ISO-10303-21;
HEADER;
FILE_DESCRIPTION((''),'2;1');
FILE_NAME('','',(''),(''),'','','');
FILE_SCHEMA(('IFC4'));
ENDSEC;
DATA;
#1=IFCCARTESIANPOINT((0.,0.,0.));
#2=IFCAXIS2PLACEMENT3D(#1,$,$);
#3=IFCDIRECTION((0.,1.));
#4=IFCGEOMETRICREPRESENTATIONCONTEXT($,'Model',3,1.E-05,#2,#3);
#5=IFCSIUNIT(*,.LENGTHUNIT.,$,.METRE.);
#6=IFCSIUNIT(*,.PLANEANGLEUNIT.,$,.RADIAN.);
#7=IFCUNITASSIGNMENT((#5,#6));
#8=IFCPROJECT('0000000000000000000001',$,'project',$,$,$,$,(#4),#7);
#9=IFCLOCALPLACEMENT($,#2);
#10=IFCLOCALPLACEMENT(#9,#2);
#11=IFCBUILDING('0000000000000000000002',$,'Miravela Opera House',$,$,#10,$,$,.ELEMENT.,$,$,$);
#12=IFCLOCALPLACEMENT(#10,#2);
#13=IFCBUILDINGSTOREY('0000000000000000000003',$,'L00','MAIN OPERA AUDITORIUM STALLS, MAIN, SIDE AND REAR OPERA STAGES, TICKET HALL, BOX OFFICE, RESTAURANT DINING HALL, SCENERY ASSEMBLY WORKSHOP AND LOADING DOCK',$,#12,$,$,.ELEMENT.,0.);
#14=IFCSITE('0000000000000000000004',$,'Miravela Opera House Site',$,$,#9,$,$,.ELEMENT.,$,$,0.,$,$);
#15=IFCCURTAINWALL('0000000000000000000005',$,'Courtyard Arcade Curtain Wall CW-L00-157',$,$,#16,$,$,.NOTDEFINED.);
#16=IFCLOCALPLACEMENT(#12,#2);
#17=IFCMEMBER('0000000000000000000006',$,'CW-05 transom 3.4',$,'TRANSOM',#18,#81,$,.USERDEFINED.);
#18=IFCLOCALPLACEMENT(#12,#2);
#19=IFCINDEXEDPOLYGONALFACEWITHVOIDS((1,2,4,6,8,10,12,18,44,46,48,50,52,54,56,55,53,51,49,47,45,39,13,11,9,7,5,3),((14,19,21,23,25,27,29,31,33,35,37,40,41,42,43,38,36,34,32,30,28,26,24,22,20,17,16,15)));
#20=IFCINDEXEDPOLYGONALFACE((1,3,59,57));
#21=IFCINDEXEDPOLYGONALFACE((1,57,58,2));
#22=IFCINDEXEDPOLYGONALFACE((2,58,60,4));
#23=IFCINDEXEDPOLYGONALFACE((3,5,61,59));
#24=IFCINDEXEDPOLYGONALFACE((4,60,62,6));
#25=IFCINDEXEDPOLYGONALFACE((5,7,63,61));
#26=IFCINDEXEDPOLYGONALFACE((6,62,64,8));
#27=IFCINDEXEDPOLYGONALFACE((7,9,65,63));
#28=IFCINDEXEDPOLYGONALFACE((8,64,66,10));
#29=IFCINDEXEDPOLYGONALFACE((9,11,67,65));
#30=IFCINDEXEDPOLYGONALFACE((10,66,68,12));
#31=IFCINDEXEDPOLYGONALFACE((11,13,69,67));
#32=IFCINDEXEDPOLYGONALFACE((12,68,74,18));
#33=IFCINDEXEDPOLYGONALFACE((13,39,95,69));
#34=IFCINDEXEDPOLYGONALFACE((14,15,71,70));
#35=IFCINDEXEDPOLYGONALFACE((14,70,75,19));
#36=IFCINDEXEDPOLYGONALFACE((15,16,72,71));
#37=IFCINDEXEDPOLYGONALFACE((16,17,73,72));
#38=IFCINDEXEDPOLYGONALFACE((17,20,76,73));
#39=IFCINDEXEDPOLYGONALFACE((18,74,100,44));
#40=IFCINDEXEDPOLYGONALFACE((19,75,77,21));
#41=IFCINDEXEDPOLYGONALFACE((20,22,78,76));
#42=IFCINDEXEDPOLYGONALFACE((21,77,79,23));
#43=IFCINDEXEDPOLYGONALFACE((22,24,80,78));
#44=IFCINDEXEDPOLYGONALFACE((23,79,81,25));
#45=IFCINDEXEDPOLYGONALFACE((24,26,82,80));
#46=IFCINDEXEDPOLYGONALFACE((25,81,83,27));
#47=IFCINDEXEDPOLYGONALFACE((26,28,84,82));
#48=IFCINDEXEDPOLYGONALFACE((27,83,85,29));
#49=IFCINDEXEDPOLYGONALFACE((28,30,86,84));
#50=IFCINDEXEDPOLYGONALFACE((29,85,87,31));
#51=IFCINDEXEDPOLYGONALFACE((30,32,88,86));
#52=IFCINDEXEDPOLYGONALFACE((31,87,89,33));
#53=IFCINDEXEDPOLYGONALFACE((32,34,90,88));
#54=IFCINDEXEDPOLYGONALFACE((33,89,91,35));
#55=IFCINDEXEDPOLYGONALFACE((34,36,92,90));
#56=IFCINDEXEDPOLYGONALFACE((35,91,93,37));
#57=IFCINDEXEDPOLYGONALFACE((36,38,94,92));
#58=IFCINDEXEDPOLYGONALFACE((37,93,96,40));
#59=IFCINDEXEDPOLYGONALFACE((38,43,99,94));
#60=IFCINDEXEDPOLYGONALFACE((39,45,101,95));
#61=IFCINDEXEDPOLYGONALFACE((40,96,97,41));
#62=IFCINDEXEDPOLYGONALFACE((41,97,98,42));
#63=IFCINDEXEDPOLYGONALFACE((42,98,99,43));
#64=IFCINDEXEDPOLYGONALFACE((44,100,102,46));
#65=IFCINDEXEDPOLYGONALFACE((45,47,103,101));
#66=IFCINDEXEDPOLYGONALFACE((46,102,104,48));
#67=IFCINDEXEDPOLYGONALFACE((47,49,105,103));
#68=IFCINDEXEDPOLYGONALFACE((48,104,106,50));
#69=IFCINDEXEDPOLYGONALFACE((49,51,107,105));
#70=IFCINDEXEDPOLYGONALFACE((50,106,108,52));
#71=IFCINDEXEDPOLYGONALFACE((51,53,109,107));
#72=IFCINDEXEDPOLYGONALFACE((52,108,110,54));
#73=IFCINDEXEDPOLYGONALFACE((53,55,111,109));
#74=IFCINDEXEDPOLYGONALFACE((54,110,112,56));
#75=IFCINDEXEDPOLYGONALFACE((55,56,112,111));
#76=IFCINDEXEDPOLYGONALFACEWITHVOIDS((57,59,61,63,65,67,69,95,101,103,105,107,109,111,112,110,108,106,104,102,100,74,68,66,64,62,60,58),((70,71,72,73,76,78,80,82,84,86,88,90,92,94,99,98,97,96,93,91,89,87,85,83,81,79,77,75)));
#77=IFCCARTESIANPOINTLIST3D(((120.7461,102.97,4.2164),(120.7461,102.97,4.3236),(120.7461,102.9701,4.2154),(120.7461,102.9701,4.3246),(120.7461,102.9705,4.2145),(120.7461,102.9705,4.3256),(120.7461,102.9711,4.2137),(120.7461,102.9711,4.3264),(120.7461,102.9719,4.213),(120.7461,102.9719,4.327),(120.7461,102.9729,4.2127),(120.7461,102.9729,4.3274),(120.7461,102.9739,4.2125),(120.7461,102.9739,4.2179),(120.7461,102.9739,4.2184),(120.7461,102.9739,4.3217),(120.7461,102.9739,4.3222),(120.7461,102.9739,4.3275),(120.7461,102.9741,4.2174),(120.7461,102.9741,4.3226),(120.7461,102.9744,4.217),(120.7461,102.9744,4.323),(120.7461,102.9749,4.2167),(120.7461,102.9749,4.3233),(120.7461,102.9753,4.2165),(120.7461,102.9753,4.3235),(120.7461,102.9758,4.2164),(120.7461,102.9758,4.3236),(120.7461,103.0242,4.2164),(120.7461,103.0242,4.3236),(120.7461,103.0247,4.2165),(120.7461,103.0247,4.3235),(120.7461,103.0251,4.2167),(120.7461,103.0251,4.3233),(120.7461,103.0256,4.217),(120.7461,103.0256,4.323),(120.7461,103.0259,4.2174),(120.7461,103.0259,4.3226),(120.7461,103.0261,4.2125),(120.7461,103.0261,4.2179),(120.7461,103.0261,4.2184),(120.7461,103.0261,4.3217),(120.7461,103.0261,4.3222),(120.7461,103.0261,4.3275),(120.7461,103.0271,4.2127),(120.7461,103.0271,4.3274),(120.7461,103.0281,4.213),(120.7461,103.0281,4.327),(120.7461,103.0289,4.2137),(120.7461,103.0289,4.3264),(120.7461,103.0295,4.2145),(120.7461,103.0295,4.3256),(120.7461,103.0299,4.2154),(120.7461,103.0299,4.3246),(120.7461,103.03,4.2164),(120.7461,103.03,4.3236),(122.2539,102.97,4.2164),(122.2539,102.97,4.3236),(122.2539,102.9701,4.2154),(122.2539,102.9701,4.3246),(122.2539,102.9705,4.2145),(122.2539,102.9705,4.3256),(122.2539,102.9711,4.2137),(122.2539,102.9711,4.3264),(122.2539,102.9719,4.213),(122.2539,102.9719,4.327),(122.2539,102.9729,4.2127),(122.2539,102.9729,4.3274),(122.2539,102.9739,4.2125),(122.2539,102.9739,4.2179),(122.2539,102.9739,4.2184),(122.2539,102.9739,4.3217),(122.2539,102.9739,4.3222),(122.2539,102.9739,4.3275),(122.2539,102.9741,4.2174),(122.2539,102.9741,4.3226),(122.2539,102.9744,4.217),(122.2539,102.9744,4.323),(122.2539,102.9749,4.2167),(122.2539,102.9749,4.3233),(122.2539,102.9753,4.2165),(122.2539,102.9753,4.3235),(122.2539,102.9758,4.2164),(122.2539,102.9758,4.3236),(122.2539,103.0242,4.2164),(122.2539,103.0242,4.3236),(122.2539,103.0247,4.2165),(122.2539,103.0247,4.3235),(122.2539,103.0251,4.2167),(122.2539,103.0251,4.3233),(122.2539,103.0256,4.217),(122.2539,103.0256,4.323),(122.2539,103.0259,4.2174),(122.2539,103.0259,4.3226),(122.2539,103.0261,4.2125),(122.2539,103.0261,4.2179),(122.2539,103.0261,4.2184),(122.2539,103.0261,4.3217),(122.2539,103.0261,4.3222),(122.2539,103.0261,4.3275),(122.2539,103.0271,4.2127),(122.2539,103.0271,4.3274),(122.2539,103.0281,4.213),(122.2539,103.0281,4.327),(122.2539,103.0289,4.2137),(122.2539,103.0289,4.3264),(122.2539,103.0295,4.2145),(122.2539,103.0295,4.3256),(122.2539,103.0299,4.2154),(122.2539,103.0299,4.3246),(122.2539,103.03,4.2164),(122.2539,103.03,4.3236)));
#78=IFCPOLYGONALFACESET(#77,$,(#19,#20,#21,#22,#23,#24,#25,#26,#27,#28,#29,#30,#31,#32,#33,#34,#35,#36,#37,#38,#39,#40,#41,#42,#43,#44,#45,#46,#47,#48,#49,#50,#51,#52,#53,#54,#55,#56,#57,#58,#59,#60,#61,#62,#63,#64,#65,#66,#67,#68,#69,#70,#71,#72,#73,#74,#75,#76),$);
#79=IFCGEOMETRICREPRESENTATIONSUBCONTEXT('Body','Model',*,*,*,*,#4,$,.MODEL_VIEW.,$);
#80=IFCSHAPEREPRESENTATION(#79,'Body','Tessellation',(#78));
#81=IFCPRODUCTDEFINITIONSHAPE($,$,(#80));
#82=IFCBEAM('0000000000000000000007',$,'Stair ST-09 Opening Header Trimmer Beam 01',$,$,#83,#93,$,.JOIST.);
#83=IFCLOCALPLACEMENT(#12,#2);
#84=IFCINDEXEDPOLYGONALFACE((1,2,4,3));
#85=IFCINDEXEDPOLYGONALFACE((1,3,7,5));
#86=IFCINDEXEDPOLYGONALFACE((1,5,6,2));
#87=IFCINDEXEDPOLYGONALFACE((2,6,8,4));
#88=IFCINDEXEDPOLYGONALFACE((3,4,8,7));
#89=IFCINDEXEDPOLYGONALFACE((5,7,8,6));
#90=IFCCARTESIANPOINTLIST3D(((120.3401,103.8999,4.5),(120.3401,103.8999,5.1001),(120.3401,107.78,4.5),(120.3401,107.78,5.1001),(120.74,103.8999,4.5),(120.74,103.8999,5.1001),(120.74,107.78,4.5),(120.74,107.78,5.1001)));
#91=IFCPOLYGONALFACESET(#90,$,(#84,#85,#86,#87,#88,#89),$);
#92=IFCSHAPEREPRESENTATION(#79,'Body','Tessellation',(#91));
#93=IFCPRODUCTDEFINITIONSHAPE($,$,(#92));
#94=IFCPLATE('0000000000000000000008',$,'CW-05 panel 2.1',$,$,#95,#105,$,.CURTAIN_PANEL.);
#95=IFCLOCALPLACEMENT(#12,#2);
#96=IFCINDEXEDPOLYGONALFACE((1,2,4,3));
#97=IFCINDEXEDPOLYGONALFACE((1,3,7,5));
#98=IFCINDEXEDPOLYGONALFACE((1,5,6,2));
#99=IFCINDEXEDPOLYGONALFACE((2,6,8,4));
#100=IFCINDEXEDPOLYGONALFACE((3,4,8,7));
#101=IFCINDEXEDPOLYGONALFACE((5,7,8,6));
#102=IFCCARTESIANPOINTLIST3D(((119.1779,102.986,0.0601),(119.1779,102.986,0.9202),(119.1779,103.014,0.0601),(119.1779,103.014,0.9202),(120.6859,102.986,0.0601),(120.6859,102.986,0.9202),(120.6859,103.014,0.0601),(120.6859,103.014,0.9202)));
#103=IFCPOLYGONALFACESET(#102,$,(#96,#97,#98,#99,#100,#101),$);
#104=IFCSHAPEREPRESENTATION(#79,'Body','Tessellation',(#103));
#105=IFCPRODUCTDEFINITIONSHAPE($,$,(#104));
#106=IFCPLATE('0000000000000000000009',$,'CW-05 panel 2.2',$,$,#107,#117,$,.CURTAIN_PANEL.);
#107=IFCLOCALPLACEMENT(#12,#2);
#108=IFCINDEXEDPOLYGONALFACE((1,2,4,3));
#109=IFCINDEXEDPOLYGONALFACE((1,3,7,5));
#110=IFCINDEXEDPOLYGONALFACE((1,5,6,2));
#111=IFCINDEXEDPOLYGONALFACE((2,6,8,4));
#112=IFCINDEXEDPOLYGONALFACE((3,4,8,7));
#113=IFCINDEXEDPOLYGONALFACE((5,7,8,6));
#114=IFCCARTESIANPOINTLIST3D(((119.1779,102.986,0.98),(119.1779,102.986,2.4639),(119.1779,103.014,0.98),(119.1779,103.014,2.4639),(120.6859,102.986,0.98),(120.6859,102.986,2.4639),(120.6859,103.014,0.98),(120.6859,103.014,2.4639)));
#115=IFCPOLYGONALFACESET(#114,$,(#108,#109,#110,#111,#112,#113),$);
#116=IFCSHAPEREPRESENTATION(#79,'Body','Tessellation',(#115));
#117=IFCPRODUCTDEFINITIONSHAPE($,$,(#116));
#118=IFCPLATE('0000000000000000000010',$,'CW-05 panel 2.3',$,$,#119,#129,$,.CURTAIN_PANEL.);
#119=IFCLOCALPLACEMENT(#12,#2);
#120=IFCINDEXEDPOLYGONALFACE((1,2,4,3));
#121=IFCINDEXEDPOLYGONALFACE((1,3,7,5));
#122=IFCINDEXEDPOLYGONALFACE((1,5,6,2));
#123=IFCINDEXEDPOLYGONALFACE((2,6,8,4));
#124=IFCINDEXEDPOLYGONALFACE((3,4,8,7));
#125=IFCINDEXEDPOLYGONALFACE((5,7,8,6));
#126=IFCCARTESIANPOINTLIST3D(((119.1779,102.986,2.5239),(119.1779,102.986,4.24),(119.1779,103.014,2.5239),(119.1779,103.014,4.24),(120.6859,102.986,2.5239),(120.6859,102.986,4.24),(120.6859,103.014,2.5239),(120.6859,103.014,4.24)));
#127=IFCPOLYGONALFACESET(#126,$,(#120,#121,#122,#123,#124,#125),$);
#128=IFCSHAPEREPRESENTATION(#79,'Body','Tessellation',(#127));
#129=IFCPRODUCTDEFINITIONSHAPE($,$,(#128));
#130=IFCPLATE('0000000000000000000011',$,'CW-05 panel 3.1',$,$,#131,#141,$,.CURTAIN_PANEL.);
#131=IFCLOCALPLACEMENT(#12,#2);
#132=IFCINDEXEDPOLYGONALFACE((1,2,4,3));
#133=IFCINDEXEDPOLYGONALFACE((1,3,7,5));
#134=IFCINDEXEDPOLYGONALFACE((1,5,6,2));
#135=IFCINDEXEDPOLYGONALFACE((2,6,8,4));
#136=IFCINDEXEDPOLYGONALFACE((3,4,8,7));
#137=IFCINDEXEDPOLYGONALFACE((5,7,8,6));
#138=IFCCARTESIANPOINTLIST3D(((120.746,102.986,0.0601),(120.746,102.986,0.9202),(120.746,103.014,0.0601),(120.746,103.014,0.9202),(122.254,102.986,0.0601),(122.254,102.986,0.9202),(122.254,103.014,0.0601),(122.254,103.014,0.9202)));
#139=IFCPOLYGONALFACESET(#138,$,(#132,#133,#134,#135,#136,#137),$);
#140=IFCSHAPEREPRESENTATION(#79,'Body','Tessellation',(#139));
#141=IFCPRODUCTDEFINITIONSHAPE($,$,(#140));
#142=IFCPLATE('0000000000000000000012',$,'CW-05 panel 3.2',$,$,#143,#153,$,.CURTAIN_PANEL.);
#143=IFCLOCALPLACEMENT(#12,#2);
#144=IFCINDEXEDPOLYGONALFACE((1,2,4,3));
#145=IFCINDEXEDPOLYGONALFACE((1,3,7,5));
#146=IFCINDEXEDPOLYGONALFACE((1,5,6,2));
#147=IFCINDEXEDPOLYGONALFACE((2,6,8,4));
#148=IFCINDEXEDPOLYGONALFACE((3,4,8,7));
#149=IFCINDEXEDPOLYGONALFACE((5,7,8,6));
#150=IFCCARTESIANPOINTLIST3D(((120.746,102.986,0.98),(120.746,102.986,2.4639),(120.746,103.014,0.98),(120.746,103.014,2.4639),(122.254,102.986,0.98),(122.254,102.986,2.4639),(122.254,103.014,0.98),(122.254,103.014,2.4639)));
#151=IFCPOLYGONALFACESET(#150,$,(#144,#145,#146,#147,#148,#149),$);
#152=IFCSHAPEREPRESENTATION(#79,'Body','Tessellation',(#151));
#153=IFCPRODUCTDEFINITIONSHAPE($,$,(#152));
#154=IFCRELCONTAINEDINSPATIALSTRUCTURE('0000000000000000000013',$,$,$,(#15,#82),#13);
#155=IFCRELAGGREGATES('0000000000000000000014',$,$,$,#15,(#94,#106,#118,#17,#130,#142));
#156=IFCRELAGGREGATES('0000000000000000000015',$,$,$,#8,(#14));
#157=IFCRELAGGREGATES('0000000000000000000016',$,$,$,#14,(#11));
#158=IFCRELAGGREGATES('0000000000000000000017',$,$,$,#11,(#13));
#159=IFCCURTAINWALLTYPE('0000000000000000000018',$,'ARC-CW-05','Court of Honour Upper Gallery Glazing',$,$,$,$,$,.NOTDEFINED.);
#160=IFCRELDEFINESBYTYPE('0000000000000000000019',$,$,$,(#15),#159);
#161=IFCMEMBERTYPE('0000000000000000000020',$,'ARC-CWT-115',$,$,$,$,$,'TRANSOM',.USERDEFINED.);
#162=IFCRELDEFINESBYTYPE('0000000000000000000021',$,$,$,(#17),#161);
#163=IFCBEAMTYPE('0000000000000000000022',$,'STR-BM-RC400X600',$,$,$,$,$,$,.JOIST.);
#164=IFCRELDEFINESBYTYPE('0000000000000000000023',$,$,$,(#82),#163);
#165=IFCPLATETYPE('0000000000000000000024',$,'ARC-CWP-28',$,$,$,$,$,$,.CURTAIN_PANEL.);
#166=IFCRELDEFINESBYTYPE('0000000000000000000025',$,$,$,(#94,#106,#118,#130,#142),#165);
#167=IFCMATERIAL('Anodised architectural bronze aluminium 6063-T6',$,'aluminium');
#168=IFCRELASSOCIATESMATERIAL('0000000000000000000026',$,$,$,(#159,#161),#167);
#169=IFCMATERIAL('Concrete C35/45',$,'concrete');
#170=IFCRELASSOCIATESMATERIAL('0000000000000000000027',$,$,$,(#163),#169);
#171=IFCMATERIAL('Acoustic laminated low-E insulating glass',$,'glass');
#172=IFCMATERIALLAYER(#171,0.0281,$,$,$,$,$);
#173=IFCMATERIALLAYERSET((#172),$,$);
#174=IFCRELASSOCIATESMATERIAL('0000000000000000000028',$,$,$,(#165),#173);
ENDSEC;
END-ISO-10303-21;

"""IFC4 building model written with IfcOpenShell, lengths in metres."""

from ifc_helpers import new_model, si_unit, direction, frame, origin, origin_2d, place, context, subcontext, project, spatial, rectangle, hollow_rectangle, extrude, material, layer, layer_set, material_profile, profile_set, type_object, element, aggregate, save


model = new_model("IFC4")

# Units and contexts
model_context = context("Model", 3, precision=1e-05, world=origin(), true_north=direction((0.0, 1.0)))
body_context = subcontext(model_context, "Body", "Model", "MODEL_VIEW")
ifc_project = project(units=[si_unit("LENGTHUNIT", "METRE"), si_unit("PLANEANGLEUNIT", "RADIAN")], contexts=[model_context])

# Site, building, storey
site_placement = place(None, origin())
site = spatial("IfcSite", under=ifc_project, at=site_placement, Name="Miravela Opera House Site", CompositionType="ELEMENT", RefElevation=0.0)
building_placement = place(site_placement, origin())
building = spatial("IfcBuilding", under=site, at=building_placement, Name="Miravela Opera House", CompositionType="ELEMENT")
storey_placement = place(building_placement, origin())
storey = spatial("IfcBuildingStorey", under=building, at=storey_placement, Name="L00", Description="MAIN OPERA AUDITORIUM STALLS, MAIN, SIDE AND REAR OPERA STAGES, TICKET HALL, BOX OFFICE, RESTAURANT DINING HALL, SCENERY ASSEMBLY WORKSHOP AND LOADING DOCK", CompositionType="ELEMENT", Elevation=0.0)

# Curtain wall, member
ifc_material_1 = material(Name="Anodised architectural bronze aluminium 6063-T6", Category="aluminium")
curtain_wall_type = type_object("IfcCurtainWallType", Name="ARC-CW-05", Description="Court of Honour Upper Gallery Glazing", PredefinedType="NOTDEFINED", material=ifc_material_1)
curtain_wall_placement = place(storey_placement, origin())
curtain_wall = element("IfcCurtainWall", 1, at=curtain_wall_placement, inside=storey, type_object=curtain_wall_type, Name="Courtyard Arcade Curtain Wall CW-L00-157", PredefinedType="NOTDEFINED")
ifc_material_profile_1 = material_profile(ifc_material_1, hollow_rectangle(XDim=0.0601, YDim=0.115, WallThickness=0.0039, InnerFilletRadius=0.002, OuterFilletRadius=0.0039, at=origin_2d()), Name="CWT-60X115")
ifc_profile_set_1 = profile_set([ifc_material_profile_1])
member_type_1 = type_object("IfcMemberType", Name="ARC-CWT-115", ElementType="TRANSOM", PredefinedType="USERDEFINED", material=ifc_profile_set_1)
member_1_placement = place(storey_placement, frame((120.7461, 103.0, 4.27), z_axis=(1.0, 0.0, 0.0), x_axis=(0.0, 1.0, 0.0)))
member_1 = element("IfcMember", 2, at=member_1_placement, type_object=member_type_1, Name="CW-05 transom 3.4", ObjectType="TRANSOM", PredefinedType="USERDEFINED", context=body_context, shape_type="SweptSolid", body=[
    extrude(hollow_rectangle(XDim=0.0601, YDim=0.115, WallThickness=0.0039, InnerFilletRadius=0.002, OuterFilletRadius=0.0039, at=origin_2d()), origin(), (0.0, 0.0, 1.0), 1.5078),
])

# Beam
ifc_material_2 = material(Name="Concrete C35/45", Category="concrete")
ifc_material_profile_2 = material_profile(ifc_material_2, rectangle(XDim=0.3999, YDim=0.6001, at=origin_2d()), Name="RC-BM-400X600")
ifc_profile_set_2 = profile_set([ifc_material_profile_2])
beam_type = type_object("IfcBeamType", Name="STR-BM-RC400X600", PredefinedType="JOIST", material=ifc_profile_set_2)
beam_placement = place(storey_placement, frame((120.54, 103.8999, 4.8), z_axis=(0.0, 1.0, 0.0), x_axis=(-1.0, 0.0, 0.0)))
element("IfcBeam", 3, at=beam_placement, inside=storey, type_object=beam_type, Name="Stair ST-09 Opening Header Trimmer Beam 01", PredefinedType="JOIST", context=body_context, shape_type="SweptSolid", body=[
    extrude(rectangle(XDim=0.3999, YDim=0.6001, at=origin_2d()), origin(), (0.0, 0.0, 1.0), 3.8801),
])

# Plates
ifc_material_3 = material(Name="Acoustic laminated low-E insulating glass", Category="glass")
ifc_layer = layer(ifc_material_3, 0.0281)
ifc_layer_set = layer_set([ifc_layer])
plate_type = type_object("IfcPlateType", Name="ARC-CWP-28", PredefinedType="CURTAIN_PANEL", material=ifc_layer_set)
plate_1_placement = place(storey_placement, frame((119.9319, 103.0, 0.0601), z_axis=(0.0, 0.0, 1.0), x_axis=(1.0, 0.0, 0.0)))
plate_1 = element("IfcPlate", 4, at=plate_1_placement, type_object=plate_type, Name="CW-05 panel 2.1", PredefinedType="CURTAIN_PANEL", context=body_context, shape_type="SweptSolid", body=[
    extrude(rectangle(XDim=1.5081, YDim=0.0281, at=origin_2d()), origin(), (0.0, 0.0, 1.0), 0.8601),
])
plate_2_placement = place(storey_placement, frame((119.9319, 103.0, 0.98), z_axis=(0.0, 0.0, 1.0), x_axis=(1.0, 0.0, 0.0)))
plate_2 = element("IfcPlate", 5, at=plate_2_placement, type_object=plate_type, Name="CW-05 panel 2.2", PredefinedType="CURTAIN_PANEL", context=body_context, shape_type="SweptSolid", body=[
    extrude(rectangle(XDim=1.5081, YDim=0.0281, at=origin_2d()), origin(), (0.0, 0.0, 1.0), 1.4839),
])
plate_3_placement = place(storey_placement, frame((119.9319, 103.0, 2.5239), z_axis=(0.0, 0.0, 1.0), x_axis=(1.0, 0.0, 0.0)))
plate_3 = element("IfcPlate", 6, at=plate_3_placement, type_object=plate_type, Name="CW-05 panel 2.3", PredefinedType="CURTAIN_PANEL", context=body_context, shape_type="SweptSolid", body=[
    extrude(rectangle(XDim=1.5081, YDim=0.0281, at=origin_2d()), origin(), (0.0, 0.0, 1.0), 1.7161),
])
plate_4_placement = place(storey_placement, frame((121.5, 103.0, 0.0601), z_axis=(0.0, 0.0, 1.0), x_axis=(1.0, 0.0, 0.0)))
plate_4 = element("IfcPlate", 7, at=plate_4_placement, type_object=plate_type, Name="CW-05 panel 3.1", PredefinedType="CURTAIN_PANEL", context=body_context, shape_type="SweptSolid", body=[
    extrude(rectangle(XDim=1.5081, YDim=0.0281, at=origin_2d()), origin(), (0.0, 0.0, 1.0), 0.8601),
])
plate_5_placement = place(storey_placement, frame((121.5, 103.0, 0.98), z_axis=(0.0, 0.0, 1.0), x_axis=(1.0, 0.0, 0.0)))
plate_5 = element("IfcPlate", 8, at=plate_5_placement, type_object=plate_type, Name="CW-05 panel 3.2", PredefinedType="CURTAIN_PANEL", context=body_context, shape_type="SweptSolid", body=[
    extrude(rectangle(XDim=1.5081, YDim=0.0281, at=origin_2d()), origin(), (0.0, 0.0, 1.0), 1.4839),
])
aggregate(curtain_wall, [plate_1, plate_2, plate_3, member_1, plate_4, plate_5])

save(model, "model.ifc")
